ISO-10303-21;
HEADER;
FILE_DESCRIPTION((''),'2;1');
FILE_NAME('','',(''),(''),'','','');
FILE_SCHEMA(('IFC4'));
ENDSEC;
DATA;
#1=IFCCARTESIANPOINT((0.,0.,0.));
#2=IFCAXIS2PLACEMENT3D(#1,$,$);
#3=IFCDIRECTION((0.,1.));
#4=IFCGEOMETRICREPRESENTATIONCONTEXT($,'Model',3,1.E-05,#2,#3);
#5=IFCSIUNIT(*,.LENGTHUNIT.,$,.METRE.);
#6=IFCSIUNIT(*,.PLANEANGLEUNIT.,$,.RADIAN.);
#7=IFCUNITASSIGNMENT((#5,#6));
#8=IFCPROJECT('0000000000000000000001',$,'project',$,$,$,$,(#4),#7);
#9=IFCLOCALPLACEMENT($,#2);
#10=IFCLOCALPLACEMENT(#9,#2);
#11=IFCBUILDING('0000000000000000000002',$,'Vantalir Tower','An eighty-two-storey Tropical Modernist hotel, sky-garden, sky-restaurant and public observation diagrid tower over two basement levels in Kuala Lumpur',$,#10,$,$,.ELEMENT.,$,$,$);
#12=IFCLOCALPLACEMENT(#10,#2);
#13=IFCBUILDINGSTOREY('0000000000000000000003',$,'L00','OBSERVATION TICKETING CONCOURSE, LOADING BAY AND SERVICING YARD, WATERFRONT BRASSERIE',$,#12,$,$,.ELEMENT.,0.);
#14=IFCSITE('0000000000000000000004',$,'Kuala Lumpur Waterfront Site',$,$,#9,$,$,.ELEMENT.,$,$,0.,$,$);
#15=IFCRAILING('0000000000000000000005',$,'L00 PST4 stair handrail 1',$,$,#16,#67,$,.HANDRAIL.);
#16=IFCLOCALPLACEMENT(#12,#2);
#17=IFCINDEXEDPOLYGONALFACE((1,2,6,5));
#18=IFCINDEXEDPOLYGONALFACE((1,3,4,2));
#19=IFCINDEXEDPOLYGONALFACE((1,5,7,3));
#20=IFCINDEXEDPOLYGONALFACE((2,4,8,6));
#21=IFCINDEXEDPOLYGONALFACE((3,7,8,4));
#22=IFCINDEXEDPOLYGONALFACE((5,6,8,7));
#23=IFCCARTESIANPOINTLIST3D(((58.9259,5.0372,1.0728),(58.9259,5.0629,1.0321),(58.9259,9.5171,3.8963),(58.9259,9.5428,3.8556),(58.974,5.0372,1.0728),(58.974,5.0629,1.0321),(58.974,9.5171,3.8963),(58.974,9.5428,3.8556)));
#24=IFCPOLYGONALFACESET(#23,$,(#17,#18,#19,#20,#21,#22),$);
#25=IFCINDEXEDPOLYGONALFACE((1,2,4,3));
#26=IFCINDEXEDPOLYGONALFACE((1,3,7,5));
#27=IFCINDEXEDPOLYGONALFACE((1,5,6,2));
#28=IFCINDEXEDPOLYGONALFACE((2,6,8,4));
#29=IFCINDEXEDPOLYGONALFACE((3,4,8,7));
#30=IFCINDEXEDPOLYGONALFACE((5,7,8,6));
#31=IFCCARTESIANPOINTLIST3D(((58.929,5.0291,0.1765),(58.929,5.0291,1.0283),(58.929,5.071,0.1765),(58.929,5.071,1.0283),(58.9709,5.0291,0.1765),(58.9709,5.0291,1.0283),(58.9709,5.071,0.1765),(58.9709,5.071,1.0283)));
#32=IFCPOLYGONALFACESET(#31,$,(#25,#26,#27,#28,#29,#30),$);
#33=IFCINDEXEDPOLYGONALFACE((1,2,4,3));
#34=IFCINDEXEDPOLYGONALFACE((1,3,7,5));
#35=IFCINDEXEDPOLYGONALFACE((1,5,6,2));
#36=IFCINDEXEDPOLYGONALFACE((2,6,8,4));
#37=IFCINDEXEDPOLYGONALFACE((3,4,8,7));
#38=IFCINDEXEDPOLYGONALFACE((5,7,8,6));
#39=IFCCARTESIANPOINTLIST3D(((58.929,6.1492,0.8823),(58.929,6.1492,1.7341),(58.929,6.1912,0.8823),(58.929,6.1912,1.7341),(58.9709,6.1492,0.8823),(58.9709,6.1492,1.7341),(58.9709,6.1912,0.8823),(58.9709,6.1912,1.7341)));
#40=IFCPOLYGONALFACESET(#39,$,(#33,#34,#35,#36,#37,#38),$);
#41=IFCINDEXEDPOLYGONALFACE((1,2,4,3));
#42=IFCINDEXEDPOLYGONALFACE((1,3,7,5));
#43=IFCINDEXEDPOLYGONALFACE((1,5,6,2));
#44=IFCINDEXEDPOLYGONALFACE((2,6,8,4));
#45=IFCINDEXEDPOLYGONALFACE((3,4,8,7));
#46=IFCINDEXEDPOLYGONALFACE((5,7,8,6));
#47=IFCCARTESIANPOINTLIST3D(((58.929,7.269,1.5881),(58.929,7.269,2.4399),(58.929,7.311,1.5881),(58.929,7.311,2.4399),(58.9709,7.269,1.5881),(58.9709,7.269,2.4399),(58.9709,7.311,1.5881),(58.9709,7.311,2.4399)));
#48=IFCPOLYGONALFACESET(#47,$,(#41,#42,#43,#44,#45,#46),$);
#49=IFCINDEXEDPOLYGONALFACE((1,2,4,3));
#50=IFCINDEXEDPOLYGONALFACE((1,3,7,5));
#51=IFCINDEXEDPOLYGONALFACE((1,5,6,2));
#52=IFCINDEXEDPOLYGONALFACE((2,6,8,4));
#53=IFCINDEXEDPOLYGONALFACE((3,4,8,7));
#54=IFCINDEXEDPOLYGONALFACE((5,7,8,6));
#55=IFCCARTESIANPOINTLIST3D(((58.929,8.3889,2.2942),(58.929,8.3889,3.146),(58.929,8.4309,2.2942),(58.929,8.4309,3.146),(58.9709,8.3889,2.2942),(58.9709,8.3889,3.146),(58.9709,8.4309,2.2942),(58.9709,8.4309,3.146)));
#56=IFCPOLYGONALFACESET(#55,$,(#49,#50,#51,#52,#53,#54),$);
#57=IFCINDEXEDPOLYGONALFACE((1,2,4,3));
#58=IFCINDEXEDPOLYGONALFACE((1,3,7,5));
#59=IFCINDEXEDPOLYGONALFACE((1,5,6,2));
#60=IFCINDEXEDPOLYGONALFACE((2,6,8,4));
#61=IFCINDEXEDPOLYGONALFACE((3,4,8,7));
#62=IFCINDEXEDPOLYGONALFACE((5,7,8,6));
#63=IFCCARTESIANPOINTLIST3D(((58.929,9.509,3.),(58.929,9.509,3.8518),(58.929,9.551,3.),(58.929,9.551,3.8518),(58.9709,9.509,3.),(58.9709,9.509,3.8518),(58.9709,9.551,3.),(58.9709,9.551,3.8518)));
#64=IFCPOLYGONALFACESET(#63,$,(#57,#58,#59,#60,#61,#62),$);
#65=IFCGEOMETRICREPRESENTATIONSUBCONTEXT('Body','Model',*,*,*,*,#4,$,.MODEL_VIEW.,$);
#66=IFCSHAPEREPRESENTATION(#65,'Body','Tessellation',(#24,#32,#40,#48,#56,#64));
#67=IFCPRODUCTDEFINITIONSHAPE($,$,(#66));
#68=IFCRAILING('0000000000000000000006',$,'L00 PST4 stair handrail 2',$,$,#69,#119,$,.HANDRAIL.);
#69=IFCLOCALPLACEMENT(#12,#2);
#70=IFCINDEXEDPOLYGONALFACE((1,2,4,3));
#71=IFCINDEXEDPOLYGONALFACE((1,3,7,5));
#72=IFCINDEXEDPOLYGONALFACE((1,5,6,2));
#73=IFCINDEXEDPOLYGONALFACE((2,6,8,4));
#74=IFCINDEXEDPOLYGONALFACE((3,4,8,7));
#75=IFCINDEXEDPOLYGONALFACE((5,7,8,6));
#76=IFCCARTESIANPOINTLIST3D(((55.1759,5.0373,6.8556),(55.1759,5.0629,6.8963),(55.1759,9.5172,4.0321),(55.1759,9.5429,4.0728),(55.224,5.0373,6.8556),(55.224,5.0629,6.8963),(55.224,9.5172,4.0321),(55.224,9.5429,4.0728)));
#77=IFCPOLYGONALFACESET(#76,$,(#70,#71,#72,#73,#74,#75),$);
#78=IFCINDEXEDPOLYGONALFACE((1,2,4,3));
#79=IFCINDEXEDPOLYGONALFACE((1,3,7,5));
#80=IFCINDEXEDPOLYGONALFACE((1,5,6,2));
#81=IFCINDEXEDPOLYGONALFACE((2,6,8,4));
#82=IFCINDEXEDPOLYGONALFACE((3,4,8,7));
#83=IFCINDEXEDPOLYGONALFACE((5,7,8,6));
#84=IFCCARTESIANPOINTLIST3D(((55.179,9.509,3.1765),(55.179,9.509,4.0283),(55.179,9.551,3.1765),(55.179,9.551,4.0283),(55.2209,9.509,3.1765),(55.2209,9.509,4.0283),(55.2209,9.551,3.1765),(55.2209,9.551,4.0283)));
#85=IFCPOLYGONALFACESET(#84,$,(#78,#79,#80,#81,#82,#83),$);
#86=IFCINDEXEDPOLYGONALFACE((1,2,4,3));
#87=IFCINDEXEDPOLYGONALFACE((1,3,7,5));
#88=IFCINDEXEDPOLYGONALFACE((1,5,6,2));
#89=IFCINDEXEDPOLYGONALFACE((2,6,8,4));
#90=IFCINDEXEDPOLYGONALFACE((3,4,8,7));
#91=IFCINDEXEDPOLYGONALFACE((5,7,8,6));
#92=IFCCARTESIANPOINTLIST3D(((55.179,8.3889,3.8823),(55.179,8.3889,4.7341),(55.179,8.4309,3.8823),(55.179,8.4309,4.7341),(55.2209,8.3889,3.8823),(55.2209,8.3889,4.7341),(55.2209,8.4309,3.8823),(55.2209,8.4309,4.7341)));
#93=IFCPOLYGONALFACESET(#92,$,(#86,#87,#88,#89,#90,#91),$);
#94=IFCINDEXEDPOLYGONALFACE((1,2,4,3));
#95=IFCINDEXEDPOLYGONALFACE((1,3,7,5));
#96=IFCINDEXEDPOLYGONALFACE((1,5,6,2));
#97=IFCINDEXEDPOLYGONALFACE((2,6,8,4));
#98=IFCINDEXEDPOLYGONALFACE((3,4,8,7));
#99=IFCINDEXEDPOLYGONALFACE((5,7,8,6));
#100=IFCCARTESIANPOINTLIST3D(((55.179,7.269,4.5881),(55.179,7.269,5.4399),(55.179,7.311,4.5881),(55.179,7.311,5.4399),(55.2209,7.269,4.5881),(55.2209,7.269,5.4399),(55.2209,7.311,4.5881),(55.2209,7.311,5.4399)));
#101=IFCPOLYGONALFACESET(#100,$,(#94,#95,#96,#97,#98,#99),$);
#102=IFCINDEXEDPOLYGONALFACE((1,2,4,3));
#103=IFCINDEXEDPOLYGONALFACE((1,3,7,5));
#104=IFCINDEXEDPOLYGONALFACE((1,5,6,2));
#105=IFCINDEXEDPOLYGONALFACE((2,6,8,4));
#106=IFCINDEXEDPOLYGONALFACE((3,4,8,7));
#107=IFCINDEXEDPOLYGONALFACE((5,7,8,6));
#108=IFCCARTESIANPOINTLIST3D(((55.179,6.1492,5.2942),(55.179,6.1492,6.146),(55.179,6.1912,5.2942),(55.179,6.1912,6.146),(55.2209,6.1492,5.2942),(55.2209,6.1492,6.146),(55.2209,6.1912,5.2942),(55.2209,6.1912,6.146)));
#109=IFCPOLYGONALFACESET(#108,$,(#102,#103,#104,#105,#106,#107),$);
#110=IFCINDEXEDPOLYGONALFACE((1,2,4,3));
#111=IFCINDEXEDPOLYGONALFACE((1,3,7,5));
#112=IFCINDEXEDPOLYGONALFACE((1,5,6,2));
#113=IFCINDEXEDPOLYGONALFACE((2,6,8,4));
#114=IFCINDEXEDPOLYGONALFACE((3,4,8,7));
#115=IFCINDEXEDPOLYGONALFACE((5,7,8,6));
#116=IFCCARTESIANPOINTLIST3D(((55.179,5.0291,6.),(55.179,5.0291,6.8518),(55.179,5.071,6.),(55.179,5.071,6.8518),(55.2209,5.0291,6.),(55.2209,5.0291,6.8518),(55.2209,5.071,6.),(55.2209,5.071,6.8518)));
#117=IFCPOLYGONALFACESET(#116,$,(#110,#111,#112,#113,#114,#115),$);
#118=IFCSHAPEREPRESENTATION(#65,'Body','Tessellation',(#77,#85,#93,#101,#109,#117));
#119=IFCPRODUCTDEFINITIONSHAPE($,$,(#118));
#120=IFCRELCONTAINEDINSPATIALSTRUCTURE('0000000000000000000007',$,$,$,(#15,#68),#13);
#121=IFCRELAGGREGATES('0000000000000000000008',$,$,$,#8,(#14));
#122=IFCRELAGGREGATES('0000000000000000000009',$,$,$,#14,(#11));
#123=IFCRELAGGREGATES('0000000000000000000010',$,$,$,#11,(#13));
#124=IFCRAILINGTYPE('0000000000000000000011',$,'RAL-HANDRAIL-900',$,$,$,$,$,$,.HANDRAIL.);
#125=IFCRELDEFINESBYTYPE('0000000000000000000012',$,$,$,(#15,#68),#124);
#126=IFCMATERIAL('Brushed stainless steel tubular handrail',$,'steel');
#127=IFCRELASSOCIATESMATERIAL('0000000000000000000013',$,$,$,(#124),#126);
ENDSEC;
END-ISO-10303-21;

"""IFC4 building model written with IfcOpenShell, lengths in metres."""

from ifc_helpers import new_model, si_unit, direction, frame, origin, origin_2d, place, context, subcontext, project, spatial, rectangle, extrude, material, type_object, element, save


model = new_model("IFC4")

# Units and contexts
model_context = context("Model", 3, precision=1e-05, world=origin(), true_north=direction((0.0, 1.0)))
body_context = subcontext(model_context, "Body", "Model", "MODEL_VIEW")
ifc_project = project(units=[si_unit("LENGTHUNIT", "METRE"), si_unit("PLANEANGLEUNIT", "RADIAN")], contexts=[model_context])

# Site, building, storey
site_placement = place(None, origin())
site = spatial("IfcSite", under=ifc_project, at=site_placement, Name="Kuala Lumpur Waterfront Site", CompositionType="ELEMENT", RefElevation=0.0)
building_placement = place(site_placement, origin())
building = spatial("IfcBuilding", under=site, at=building_placement, Name="Vantalir Tower", Description="An eighty-two-storey Tropical Modernist hotel, sky-garden, sky-restaurant and public observation diagrid tower over two basement levels in Kuala Lumpur", CompositionType="ELEMENT")
storey_placement = place(building_placement, origin())
storey = spatial("IfcBuildingStorey", under=building, at=storey_placement, Name="L00", Description="OBSERVATION TICKETING CONCOURSE, LOADING BAY AND SERVICING YARD, WATERFRONT BRASSERIE", CompositionType="ELEMENT", Elevation=0.0)

# Railings
ifc_material_1 = material(Name="Brushed stainless steel tubular handrail", Category="steel")
railing_type_1 = type_object("IfcRailingType", Name="RAL-HANDRAIL-900", PredefinedType="HANDRAIL", material=ifc_material_1)
railing_1_placement = place(storey_placement, frame((58.95, 5.05, 0.1765)))
element("IfcRailing", 1, at=railing_1_placement, inside=storey, type_object=railing_type_1, Name="L00 PST4 stair handrail 1", PredefinedType="HANDRAIL", context=body_context, shape_type="SweptSolid", body=[
    extrude(rectangle(XDim=0.0481, YDim=0.0481, at=origin_2d()), frame((0.0, 0.0, 0.876), z_axis=(0.0, 0.845998, 0.533186), x_axis=(-1.0, 0.0, 0.0)), (0.0, 0.0, 1.0), 5.2954),
    extrude(rectangle(XDim=0.042, YDim=0.042, at=origin_2d()), origin(), (0.0, 0.0, 1.0), 0.8518),
    extrude(rectangle(XDim=0.042, YDim=0.042, at=origin_2d()), frame((0.0, 1.1201, 0.7058)), (0.0, 0.0, 1.0), 0.8518),
    extrude(rectangle(XDim=0.042, YDim=0.042, at=origin_2d()), frame((0.0, 2.24, 1.4116)), (0.0, 0.0, 1.0), 0.8518),
    extrude(rectangle(XDim=0.042, YDim=0.042, at=origin_2d()), frame((0.0, 3.3599, 2.1177)), (0.0, 0.0, 1.0), 0.8518),
    extrude(rectangle(XDim=0.042, YDim=0.042, at=origin_2d()), frame((0.0, 4.48, 2.8235)), (0.0, 0.0, 1.0), 0.8518),
])
railing_2_placement = place(storey_placement, frame((55.2, 9.53, 3.1765)))
element("IfcRailing", 2, at=railing_2_placement, inside=storey, type_object=railing_type_1, Name="L00 PST4 stair handrail 2", PredefinedType="HANDRAIL", context=body_context, shape_type="SweptSolid", body=[
    extrude(rectangle(XDim=0.0481, YDim=0.0481, at=origin_2d()), frame((0.0, 0.0, 0.876), z_axis=(0.0, -0.845998, 0.533186), x_axis=(1.0, 0.0, 0.0)), (0.0, 0.0, 1.0), 5.2954),
    extrude(rectangle(XDim=0.042, YDim=0.042, at=origin_2d()), origin(), (0.0, 0.0, 1.0), 0.8518),
    extrude(rectangle(XDim=0.042, YDim=0.042, at=origin_2d()), frame((0.0, -1.1201, 0.7058)), (0.0, 0.0, 1.0), 0.8518),
    extrude(rectangle(XDim=0.042, YDim=0.042, at=origin_2d()), frame((0.0, -2.24, 1.4116)), (0.0, 0.0, 1.0), 0.8518),
    extrude(rectangle(XDim=0.042, YDim=0.042, at=origin_2d()), frame((0.0, -3.3599, 2.1177)), (0.0, 0.0, 1.0), 0.8518),
    extrude(rectangle(XDim=0.042, YDim=0.042, at=origin_2d()), frame((0.0, -4.48, 2.8235)), (0.0, 0.0, 1.0), 0.8518),
])

save(model, "model.ifc")
